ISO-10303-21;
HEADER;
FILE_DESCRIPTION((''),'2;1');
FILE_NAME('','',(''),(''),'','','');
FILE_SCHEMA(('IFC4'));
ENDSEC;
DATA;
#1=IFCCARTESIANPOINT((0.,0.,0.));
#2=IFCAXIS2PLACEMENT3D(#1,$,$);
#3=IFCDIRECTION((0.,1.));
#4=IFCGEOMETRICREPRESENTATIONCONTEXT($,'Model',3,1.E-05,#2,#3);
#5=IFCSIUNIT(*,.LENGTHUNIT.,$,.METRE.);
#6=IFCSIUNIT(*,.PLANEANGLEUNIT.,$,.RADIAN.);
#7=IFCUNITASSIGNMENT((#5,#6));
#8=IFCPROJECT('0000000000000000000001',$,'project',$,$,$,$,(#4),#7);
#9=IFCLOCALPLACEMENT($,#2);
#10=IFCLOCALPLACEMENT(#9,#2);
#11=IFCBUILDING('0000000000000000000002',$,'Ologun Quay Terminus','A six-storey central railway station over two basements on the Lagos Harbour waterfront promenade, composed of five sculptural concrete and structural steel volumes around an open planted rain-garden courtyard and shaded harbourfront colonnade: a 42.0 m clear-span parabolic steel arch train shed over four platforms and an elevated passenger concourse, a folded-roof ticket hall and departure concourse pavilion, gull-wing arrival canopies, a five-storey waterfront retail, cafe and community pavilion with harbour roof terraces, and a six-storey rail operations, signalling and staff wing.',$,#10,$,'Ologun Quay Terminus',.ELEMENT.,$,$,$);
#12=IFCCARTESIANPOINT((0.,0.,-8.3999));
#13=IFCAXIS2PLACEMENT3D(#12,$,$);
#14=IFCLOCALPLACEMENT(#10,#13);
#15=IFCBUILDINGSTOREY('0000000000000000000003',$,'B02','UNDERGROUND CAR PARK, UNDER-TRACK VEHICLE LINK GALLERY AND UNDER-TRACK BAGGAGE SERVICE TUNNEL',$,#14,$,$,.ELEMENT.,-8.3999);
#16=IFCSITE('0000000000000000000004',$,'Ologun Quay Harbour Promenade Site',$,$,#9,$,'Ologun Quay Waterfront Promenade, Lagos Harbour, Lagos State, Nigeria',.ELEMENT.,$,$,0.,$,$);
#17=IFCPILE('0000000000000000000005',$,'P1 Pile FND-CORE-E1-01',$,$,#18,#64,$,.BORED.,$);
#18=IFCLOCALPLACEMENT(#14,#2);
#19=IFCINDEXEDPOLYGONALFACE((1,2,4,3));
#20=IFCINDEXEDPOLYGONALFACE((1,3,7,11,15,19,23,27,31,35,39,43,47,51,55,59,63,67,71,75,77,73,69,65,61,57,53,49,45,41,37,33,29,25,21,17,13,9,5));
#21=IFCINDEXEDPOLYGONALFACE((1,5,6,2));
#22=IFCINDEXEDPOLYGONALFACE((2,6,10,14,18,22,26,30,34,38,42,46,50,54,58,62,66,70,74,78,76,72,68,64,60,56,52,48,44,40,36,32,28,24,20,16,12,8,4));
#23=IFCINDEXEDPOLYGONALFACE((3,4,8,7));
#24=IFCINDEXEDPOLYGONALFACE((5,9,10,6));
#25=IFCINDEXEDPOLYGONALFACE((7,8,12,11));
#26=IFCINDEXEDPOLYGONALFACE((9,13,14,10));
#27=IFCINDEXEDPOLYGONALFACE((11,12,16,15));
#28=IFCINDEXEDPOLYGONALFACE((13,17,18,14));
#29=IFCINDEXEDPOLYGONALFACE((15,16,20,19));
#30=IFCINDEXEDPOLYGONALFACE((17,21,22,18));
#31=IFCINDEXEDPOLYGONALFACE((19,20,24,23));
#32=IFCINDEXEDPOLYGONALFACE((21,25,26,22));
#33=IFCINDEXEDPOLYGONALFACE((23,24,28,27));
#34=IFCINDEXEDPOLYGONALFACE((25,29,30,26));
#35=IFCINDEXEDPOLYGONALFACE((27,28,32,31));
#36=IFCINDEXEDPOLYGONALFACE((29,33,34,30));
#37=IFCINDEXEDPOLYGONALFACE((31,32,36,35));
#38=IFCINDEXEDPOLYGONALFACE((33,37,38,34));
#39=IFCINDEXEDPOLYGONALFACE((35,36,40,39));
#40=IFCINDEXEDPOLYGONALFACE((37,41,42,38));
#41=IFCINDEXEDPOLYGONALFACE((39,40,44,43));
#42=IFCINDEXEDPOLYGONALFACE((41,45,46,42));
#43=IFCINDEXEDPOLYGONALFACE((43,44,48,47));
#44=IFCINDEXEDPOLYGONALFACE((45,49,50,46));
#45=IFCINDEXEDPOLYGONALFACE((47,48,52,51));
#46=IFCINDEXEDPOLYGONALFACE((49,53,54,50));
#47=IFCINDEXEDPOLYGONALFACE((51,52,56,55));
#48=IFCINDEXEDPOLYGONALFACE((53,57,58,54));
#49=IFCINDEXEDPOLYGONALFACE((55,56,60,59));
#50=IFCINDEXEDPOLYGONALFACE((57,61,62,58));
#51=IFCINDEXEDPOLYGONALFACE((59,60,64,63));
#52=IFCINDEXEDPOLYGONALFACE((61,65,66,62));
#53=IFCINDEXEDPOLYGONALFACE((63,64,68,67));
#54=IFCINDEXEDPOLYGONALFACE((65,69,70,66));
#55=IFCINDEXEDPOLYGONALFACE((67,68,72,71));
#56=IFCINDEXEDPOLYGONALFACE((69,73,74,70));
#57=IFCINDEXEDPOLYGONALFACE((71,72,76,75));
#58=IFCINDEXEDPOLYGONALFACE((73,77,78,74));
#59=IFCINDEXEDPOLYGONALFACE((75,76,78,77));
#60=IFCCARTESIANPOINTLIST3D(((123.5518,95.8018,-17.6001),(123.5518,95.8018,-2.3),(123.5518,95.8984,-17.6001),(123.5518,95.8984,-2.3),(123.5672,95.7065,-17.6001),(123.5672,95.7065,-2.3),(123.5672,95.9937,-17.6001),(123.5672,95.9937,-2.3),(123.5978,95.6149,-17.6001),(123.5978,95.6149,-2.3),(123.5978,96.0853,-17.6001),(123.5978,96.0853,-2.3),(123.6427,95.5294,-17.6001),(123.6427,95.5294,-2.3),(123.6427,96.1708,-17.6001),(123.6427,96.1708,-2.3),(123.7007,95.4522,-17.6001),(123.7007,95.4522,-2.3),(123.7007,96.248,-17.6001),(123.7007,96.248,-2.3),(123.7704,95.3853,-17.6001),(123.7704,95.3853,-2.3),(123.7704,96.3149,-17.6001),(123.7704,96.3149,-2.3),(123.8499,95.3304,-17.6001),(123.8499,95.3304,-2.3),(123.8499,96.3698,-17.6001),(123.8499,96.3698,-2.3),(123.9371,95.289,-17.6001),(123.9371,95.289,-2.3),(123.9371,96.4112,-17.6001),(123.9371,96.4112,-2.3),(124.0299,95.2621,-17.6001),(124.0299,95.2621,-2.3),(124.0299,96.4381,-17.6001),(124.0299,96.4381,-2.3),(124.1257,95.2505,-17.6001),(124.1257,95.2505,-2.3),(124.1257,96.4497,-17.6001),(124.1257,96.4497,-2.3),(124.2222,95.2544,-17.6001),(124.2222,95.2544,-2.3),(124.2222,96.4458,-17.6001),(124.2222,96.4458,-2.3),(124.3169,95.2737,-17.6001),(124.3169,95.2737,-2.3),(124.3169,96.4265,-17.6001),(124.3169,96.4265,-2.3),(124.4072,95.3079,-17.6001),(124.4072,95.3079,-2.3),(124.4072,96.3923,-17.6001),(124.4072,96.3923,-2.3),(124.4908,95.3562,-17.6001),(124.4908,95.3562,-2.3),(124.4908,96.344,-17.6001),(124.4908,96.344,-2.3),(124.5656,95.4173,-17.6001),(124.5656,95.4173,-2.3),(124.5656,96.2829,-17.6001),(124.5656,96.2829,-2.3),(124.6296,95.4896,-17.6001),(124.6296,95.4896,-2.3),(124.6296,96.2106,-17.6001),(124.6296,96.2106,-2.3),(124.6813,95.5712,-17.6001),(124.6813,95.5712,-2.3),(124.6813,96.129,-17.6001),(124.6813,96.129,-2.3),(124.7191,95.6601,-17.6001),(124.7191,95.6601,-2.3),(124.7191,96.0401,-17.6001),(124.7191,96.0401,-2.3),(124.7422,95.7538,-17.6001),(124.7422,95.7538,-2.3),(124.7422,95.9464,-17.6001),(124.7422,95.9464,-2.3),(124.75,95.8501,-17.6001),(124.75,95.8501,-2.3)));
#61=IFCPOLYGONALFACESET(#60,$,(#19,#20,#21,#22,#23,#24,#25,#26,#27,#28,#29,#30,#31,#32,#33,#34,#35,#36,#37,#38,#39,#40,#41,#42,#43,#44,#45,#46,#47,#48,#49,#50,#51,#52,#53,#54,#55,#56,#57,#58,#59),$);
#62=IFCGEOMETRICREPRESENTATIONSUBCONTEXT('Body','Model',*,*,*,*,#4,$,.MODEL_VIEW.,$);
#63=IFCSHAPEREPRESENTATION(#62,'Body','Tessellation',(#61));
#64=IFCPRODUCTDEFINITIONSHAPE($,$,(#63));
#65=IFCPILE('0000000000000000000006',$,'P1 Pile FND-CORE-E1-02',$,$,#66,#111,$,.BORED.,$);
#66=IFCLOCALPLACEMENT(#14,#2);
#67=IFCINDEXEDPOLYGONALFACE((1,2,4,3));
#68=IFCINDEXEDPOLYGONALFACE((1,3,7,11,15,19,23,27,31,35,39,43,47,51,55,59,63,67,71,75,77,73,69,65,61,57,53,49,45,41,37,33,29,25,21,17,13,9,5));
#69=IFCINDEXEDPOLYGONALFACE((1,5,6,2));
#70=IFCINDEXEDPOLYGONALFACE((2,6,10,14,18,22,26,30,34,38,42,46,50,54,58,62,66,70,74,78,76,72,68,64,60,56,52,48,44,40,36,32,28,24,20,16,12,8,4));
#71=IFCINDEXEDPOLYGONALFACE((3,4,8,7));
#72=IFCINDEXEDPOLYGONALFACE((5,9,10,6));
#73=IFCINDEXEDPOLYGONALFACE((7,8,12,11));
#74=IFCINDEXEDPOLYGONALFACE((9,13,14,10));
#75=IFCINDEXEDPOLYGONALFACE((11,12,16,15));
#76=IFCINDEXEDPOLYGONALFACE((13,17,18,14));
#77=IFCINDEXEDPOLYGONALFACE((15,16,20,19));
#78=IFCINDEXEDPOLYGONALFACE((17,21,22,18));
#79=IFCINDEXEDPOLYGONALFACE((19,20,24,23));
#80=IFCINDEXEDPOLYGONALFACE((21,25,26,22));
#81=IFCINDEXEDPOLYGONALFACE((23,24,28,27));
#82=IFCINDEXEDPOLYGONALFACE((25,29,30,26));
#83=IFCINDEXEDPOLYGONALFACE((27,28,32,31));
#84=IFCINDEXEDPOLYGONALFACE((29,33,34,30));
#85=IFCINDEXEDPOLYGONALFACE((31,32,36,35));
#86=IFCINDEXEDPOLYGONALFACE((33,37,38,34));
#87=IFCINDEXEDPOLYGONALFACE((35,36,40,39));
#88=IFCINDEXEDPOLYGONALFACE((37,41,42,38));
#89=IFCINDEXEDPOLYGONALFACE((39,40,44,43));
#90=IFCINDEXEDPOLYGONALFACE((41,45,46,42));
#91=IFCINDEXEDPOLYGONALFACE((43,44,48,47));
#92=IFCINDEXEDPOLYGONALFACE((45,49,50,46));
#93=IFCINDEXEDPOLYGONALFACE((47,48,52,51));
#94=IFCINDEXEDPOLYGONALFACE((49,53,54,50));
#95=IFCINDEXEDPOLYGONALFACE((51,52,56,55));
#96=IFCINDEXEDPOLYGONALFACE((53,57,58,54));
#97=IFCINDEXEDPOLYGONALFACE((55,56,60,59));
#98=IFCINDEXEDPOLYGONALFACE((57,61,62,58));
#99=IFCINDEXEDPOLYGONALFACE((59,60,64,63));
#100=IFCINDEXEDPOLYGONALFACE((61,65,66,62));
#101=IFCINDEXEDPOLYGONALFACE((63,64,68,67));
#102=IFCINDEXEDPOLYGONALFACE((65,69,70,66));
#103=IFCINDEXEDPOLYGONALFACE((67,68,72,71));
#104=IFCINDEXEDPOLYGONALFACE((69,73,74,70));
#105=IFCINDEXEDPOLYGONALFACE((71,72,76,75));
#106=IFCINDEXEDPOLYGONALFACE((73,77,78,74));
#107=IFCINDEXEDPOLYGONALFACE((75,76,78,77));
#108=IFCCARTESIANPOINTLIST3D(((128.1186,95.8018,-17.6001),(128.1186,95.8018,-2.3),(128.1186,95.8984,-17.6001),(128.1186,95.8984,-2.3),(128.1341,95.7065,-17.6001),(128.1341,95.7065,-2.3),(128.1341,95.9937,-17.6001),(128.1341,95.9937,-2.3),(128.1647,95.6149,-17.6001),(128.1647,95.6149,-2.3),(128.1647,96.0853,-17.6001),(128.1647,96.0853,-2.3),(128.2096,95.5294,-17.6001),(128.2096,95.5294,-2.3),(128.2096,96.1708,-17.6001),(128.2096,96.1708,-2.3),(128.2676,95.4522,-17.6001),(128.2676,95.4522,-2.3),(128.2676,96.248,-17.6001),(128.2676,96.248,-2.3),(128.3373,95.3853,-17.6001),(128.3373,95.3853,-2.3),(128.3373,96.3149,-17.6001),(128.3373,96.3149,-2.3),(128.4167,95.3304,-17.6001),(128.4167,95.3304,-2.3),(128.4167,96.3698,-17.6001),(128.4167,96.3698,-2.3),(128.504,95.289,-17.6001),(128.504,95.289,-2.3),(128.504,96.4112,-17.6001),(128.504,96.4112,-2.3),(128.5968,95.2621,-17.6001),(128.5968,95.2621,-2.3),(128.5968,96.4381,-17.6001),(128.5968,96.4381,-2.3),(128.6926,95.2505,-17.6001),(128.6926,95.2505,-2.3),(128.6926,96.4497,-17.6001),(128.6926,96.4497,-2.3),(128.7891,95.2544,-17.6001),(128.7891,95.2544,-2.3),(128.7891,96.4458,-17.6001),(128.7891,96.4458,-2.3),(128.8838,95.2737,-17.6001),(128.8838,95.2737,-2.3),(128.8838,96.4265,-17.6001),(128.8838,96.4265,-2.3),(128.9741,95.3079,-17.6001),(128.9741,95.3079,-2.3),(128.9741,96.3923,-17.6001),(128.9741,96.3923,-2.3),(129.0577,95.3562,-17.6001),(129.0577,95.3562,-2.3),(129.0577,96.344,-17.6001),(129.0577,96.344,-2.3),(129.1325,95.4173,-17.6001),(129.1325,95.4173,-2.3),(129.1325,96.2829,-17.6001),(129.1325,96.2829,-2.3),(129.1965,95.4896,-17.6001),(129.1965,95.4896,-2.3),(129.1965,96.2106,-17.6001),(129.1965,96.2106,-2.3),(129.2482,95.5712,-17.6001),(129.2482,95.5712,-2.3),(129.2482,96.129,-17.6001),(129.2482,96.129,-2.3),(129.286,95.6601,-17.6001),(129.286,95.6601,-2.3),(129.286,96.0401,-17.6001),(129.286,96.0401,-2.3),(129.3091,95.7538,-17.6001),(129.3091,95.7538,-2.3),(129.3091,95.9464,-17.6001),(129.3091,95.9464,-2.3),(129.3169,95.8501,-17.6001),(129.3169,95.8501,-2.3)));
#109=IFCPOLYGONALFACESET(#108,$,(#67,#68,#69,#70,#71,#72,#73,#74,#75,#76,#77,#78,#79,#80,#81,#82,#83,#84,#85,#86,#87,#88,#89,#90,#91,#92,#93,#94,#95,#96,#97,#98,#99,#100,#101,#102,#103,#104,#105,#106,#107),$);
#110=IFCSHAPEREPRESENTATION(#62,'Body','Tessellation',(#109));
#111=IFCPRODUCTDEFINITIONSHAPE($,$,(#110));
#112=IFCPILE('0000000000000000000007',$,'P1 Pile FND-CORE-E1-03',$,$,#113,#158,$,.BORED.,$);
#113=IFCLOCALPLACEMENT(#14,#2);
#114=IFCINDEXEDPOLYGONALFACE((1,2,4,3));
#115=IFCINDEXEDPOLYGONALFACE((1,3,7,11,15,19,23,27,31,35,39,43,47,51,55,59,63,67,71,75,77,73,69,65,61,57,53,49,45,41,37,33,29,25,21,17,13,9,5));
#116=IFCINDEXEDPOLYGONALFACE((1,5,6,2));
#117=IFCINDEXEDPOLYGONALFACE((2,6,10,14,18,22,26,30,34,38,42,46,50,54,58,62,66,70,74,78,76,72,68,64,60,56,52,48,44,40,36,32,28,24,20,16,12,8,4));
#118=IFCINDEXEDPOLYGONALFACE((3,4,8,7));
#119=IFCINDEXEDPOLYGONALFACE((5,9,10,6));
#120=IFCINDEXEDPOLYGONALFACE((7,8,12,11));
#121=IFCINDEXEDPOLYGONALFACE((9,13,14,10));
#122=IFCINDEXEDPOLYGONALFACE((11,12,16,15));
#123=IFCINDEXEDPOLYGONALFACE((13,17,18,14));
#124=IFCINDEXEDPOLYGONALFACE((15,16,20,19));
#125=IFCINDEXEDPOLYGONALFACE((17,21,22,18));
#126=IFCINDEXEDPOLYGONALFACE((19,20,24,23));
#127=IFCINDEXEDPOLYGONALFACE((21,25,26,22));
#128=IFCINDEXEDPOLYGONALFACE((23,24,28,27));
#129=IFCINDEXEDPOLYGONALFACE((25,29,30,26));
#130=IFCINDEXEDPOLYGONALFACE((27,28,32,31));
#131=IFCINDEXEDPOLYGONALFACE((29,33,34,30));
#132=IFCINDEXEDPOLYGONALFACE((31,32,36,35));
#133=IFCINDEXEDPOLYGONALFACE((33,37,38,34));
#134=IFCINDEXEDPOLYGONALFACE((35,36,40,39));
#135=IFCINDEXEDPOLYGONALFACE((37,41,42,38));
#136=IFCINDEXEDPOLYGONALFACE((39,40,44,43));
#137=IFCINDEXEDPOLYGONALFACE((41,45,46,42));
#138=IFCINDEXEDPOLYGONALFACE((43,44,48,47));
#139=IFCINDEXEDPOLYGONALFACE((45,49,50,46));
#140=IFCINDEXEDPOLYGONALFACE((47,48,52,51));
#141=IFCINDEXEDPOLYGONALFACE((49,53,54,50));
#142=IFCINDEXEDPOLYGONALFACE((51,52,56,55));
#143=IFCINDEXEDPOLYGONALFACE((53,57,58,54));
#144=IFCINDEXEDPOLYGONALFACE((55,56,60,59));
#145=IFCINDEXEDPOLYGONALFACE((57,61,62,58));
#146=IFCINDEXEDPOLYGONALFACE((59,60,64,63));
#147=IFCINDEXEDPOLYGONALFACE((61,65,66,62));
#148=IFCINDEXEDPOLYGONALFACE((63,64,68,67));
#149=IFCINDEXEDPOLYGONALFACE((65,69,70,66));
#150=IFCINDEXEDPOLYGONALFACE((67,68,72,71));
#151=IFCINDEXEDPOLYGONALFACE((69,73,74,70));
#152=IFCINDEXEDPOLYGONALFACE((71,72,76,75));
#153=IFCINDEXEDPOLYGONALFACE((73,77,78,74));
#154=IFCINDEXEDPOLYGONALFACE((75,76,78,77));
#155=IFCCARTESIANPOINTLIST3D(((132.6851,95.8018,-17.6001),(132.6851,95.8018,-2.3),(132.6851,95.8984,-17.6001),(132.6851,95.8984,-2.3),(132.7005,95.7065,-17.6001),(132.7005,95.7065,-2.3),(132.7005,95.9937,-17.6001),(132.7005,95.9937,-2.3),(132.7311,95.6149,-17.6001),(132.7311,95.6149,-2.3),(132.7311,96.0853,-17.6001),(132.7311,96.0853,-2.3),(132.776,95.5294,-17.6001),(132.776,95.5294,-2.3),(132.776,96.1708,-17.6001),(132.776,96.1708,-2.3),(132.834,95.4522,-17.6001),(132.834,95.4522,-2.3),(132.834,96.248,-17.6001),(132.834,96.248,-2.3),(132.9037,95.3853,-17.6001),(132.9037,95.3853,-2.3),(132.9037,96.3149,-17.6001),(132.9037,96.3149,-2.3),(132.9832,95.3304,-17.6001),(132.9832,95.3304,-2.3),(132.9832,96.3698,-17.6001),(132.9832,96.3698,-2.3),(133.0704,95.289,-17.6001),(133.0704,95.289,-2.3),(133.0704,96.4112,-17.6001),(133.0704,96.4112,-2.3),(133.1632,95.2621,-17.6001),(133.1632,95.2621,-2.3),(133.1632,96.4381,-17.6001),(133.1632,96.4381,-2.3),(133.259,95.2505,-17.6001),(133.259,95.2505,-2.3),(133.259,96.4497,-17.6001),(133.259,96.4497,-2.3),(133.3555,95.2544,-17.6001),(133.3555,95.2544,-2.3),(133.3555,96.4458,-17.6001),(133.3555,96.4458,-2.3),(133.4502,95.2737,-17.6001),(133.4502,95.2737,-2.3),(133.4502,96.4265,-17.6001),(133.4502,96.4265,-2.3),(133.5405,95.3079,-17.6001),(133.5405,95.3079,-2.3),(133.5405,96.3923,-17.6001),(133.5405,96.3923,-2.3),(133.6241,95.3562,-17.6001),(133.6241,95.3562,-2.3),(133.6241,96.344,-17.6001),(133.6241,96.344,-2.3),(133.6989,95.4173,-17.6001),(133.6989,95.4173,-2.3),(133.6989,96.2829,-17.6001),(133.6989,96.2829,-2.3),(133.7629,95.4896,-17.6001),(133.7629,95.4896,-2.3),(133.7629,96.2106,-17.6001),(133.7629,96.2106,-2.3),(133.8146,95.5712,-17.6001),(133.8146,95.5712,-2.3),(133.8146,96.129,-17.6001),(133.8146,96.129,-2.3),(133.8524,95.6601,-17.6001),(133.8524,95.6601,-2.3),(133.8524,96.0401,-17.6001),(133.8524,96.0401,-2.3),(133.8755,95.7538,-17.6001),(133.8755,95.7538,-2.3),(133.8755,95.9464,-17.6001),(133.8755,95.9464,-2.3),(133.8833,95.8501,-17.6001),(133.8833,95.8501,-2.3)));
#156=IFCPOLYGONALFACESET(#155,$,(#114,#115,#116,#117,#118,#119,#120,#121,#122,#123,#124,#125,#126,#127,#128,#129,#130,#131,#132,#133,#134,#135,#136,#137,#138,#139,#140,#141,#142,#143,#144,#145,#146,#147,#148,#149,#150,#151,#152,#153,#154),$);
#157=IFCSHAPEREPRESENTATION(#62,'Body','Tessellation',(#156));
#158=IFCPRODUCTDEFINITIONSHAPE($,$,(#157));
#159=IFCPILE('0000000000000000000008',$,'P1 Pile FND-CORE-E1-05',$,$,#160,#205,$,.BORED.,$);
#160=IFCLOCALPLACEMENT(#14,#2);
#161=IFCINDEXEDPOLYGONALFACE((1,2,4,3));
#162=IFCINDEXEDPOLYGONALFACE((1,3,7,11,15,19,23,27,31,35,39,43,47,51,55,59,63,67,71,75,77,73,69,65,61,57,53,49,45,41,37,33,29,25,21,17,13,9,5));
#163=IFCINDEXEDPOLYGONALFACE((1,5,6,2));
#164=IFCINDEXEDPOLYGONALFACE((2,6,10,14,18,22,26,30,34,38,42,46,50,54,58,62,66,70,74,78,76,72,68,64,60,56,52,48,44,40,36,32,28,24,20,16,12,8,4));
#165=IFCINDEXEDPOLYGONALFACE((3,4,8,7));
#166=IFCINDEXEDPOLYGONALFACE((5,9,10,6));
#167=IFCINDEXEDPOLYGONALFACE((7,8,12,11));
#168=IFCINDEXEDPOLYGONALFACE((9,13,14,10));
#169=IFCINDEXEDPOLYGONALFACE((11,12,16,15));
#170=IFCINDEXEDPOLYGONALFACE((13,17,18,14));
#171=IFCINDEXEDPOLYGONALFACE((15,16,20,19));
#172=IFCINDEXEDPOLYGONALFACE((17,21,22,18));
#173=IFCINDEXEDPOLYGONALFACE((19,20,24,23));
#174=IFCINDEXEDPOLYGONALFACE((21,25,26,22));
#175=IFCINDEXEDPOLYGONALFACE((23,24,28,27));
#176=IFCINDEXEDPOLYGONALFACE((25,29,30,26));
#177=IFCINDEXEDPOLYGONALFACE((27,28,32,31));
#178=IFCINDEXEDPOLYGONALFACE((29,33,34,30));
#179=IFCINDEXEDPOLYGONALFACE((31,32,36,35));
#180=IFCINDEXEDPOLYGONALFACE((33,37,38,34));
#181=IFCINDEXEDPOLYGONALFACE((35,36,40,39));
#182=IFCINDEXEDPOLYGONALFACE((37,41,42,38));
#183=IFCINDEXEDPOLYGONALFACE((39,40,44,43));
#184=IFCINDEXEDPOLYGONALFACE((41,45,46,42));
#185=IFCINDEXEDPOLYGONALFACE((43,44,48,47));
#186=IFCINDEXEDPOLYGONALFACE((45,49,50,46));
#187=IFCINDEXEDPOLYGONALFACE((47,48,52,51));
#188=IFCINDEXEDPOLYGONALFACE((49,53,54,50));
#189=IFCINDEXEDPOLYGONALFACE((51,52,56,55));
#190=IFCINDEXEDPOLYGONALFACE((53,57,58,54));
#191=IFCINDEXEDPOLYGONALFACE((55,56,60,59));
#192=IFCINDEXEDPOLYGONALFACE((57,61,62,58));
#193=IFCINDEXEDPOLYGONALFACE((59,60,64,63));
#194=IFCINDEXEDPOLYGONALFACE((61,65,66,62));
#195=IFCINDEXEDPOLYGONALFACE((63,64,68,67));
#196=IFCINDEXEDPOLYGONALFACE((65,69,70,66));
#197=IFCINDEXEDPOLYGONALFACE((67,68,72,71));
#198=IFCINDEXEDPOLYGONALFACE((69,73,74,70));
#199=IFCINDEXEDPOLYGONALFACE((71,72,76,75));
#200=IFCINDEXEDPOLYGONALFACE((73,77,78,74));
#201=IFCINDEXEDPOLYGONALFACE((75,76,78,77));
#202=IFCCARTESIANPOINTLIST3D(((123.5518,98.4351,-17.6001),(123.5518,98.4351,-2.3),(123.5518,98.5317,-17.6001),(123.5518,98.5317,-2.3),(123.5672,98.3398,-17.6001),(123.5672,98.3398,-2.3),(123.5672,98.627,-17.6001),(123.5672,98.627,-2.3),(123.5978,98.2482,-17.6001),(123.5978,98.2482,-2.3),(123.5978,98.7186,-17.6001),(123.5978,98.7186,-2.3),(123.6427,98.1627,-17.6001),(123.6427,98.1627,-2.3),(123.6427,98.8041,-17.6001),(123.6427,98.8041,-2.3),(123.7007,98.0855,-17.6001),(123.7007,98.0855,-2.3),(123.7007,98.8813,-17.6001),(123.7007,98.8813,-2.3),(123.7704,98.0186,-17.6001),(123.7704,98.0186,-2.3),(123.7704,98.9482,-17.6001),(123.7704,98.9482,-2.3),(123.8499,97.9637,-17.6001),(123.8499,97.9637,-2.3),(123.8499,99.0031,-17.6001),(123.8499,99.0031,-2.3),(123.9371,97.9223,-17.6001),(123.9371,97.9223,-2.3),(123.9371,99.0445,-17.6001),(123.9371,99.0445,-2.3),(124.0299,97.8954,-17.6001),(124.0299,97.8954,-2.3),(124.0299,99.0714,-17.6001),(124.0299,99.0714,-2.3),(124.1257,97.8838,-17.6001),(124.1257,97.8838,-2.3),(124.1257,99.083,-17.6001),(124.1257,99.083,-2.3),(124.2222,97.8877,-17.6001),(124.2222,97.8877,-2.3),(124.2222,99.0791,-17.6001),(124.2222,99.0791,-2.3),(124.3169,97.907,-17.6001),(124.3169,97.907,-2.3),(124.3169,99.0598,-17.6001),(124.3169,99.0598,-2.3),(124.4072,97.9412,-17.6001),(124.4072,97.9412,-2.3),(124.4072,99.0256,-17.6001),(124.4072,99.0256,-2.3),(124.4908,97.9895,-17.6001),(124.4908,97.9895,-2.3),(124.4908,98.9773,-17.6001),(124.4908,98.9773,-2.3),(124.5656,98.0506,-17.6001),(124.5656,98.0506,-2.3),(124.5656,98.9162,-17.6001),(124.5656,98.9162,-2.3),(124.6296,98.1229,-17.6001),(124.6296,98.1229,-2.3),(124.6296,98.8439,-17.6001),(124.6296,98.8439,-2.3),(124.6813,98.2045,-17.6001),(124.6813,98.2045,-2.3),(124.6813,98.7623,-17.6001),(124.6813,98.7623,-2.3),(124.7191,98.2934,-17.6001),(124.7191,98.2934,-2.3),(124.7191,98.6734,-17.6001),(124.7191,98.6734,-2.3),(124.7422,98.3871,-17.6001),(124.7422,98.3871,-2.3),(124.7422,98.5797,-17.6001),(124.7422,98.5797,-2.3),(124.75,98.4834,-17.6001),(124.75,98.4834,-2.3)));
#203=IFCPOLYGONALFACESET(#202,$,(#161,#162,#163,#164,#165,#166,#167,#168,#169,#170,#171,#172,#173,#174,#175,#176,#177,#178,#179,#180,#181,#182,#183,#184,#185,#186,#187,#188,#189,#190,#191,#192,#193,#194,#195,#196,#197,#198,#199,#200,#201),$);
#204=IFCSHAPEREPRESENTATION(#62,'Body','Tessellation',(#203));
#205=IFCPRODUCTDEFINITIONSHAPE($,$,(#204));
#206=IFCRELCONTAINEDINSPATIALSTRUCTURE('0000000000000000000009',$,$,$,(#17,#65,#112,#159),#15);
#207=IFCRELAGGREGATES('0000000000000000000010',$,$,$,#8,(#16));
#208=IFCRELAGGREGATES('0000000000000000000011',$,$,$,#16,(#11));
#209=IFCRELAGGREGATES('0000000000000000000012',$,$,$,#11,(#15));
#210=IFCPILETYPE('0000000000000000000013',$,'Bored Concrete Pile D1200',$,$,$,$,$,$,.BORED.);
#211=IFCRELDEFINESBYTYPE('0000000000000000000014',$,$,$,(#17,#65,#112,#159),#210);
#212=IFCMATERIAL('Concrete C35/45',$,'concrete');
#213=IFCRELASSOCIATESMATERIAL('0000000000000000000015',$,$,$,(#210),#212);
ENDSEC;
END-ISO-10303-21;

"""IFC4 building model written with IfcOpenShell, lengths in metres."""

from ifc_helpers import new_model, si_unit, direction, frame, origin, origin_2d, place, context, subcontext, project, spatial, circle, extrude, material, material_profile, profile_set, type_object, element, save


model = new_model("IFC4")

# Units and contexts
model_context = context("Model", 3, precision=1e-05, world=origin(), true_north=direction((0.0, 1.0)))
body_context = subcontext(model_context, "Body", "Model", "MODEL_VIEW")
ifc_project = project(units=[si_unit("LENGTHUNIT", "METRE"), si_unit("PLANEANGLEUNIT", "RADIAN")], contexts=[model_context])

# Site, building, storey
site_placement = place(None, origin())
site = spatial("IfcSite", under=ifc_project, at=site_placement, Name="Ologun Quay Harbour Promenade Site", LongName="Ologun Quay Waterfront Promenade, Lagos Harbour, Lagos State, Nigeria", CompositionType="ELEMENT", RefElevation=0.0)
building_placement = place(site_placement, origin())
building = spatial("IfcBuilding", under=site, at=building_placement, Name="Ologun Quay Terminus", Description="A six-storey central railway station over two basements on the Lagos Harbour waterfront promenade, composed of five sculptural concrete and structural steel volumes around an open planted rain-garden courtyard and shaded harbourfront colonnade: a 42.0 m clear-span parabolic steel arch train shed over four platforms and an elevated passenger concourse, a folded-roof ticket hall and departure concourse pavilion, gull-wing arrival canopies, a five-storey waterfront retail, cafe and community pavilion with harbour roof terraces, and a six-storey rail operations, signalling and staff wing.", LongName="Ologun Quay Terminus", CompositionType="ELEMENT")
storey_placement = place(building_placement, frame((0.0, 0.0, -8.3999)))
storey = spatial("IfcBuildingStorey", under=building, at=storey_placement, Name="B02", Description="UNDERGROUND CAR PARK, UNDER-TRACK VEHICLE LINK GALLERY AND UNDER-TRACK BAGGAGE SERVICE TUNNEL", CompositionType="ELEMENT", Elevation=-8.3999)

# Piles
ifc_material_1 = material(Name="Concrete C35/45", Category="concrete")
ifc_material_profile_1 = material_profile(ifc_material_1, circle(Radius=0.6001, at=origin_2d()), Name="PILE D1200")
ifc_profile_set_1 = profile_set([ifc_material_profile_1], Name="Concrete C35/45")
pile_type = type_object("IfcPileType", Name="Bored Concrete Pile D1200", PredefinedType="BORED", material=ifc_profile_set_1)
for number, where, z_axis, x_axis, name in (
    (1, (124.1499, 95.8501, -2.3), (0.0, 0.0, -1.0), (1.0, 0.0, 0.0), "P1 Pile FND-CORE-E1-01"),
    (2, (128.7168, 95.8501, -2.3), (0.0, 0.0, -1.0), (1.0, 0.0, 0.0), "P1 Pile FND-CORE-E1-02"),
    (3, (133.2832, 95.8501, -2.3), (0.0, 0.0, -1.0), (1.0, 0.0, 0.0), "P1 Pile FND-CORE-E1-03"),
    (4, (124.1499, 98.4834, -2.3), (0.0, 0.0, -1.0), (1.0, 0.0, 0.0), "P1 Pile FND-CORE-E1-05"),
):
    element("IfcPile", number, at=place(storey_placement, frame(where, z_axis=z_axis, x_axis=x_axis)), inside=storey, type_object=pile_type, Name=name, PredefinedType="BORED", context=body_context, shape_type="SweptSolid", body=[
        extrude(circle(Radius=0.6001, at=origin_2d()), origin(), (0.0, 0.0, 1.0), 15.3),
    ])

save(model, "model.ifc")
